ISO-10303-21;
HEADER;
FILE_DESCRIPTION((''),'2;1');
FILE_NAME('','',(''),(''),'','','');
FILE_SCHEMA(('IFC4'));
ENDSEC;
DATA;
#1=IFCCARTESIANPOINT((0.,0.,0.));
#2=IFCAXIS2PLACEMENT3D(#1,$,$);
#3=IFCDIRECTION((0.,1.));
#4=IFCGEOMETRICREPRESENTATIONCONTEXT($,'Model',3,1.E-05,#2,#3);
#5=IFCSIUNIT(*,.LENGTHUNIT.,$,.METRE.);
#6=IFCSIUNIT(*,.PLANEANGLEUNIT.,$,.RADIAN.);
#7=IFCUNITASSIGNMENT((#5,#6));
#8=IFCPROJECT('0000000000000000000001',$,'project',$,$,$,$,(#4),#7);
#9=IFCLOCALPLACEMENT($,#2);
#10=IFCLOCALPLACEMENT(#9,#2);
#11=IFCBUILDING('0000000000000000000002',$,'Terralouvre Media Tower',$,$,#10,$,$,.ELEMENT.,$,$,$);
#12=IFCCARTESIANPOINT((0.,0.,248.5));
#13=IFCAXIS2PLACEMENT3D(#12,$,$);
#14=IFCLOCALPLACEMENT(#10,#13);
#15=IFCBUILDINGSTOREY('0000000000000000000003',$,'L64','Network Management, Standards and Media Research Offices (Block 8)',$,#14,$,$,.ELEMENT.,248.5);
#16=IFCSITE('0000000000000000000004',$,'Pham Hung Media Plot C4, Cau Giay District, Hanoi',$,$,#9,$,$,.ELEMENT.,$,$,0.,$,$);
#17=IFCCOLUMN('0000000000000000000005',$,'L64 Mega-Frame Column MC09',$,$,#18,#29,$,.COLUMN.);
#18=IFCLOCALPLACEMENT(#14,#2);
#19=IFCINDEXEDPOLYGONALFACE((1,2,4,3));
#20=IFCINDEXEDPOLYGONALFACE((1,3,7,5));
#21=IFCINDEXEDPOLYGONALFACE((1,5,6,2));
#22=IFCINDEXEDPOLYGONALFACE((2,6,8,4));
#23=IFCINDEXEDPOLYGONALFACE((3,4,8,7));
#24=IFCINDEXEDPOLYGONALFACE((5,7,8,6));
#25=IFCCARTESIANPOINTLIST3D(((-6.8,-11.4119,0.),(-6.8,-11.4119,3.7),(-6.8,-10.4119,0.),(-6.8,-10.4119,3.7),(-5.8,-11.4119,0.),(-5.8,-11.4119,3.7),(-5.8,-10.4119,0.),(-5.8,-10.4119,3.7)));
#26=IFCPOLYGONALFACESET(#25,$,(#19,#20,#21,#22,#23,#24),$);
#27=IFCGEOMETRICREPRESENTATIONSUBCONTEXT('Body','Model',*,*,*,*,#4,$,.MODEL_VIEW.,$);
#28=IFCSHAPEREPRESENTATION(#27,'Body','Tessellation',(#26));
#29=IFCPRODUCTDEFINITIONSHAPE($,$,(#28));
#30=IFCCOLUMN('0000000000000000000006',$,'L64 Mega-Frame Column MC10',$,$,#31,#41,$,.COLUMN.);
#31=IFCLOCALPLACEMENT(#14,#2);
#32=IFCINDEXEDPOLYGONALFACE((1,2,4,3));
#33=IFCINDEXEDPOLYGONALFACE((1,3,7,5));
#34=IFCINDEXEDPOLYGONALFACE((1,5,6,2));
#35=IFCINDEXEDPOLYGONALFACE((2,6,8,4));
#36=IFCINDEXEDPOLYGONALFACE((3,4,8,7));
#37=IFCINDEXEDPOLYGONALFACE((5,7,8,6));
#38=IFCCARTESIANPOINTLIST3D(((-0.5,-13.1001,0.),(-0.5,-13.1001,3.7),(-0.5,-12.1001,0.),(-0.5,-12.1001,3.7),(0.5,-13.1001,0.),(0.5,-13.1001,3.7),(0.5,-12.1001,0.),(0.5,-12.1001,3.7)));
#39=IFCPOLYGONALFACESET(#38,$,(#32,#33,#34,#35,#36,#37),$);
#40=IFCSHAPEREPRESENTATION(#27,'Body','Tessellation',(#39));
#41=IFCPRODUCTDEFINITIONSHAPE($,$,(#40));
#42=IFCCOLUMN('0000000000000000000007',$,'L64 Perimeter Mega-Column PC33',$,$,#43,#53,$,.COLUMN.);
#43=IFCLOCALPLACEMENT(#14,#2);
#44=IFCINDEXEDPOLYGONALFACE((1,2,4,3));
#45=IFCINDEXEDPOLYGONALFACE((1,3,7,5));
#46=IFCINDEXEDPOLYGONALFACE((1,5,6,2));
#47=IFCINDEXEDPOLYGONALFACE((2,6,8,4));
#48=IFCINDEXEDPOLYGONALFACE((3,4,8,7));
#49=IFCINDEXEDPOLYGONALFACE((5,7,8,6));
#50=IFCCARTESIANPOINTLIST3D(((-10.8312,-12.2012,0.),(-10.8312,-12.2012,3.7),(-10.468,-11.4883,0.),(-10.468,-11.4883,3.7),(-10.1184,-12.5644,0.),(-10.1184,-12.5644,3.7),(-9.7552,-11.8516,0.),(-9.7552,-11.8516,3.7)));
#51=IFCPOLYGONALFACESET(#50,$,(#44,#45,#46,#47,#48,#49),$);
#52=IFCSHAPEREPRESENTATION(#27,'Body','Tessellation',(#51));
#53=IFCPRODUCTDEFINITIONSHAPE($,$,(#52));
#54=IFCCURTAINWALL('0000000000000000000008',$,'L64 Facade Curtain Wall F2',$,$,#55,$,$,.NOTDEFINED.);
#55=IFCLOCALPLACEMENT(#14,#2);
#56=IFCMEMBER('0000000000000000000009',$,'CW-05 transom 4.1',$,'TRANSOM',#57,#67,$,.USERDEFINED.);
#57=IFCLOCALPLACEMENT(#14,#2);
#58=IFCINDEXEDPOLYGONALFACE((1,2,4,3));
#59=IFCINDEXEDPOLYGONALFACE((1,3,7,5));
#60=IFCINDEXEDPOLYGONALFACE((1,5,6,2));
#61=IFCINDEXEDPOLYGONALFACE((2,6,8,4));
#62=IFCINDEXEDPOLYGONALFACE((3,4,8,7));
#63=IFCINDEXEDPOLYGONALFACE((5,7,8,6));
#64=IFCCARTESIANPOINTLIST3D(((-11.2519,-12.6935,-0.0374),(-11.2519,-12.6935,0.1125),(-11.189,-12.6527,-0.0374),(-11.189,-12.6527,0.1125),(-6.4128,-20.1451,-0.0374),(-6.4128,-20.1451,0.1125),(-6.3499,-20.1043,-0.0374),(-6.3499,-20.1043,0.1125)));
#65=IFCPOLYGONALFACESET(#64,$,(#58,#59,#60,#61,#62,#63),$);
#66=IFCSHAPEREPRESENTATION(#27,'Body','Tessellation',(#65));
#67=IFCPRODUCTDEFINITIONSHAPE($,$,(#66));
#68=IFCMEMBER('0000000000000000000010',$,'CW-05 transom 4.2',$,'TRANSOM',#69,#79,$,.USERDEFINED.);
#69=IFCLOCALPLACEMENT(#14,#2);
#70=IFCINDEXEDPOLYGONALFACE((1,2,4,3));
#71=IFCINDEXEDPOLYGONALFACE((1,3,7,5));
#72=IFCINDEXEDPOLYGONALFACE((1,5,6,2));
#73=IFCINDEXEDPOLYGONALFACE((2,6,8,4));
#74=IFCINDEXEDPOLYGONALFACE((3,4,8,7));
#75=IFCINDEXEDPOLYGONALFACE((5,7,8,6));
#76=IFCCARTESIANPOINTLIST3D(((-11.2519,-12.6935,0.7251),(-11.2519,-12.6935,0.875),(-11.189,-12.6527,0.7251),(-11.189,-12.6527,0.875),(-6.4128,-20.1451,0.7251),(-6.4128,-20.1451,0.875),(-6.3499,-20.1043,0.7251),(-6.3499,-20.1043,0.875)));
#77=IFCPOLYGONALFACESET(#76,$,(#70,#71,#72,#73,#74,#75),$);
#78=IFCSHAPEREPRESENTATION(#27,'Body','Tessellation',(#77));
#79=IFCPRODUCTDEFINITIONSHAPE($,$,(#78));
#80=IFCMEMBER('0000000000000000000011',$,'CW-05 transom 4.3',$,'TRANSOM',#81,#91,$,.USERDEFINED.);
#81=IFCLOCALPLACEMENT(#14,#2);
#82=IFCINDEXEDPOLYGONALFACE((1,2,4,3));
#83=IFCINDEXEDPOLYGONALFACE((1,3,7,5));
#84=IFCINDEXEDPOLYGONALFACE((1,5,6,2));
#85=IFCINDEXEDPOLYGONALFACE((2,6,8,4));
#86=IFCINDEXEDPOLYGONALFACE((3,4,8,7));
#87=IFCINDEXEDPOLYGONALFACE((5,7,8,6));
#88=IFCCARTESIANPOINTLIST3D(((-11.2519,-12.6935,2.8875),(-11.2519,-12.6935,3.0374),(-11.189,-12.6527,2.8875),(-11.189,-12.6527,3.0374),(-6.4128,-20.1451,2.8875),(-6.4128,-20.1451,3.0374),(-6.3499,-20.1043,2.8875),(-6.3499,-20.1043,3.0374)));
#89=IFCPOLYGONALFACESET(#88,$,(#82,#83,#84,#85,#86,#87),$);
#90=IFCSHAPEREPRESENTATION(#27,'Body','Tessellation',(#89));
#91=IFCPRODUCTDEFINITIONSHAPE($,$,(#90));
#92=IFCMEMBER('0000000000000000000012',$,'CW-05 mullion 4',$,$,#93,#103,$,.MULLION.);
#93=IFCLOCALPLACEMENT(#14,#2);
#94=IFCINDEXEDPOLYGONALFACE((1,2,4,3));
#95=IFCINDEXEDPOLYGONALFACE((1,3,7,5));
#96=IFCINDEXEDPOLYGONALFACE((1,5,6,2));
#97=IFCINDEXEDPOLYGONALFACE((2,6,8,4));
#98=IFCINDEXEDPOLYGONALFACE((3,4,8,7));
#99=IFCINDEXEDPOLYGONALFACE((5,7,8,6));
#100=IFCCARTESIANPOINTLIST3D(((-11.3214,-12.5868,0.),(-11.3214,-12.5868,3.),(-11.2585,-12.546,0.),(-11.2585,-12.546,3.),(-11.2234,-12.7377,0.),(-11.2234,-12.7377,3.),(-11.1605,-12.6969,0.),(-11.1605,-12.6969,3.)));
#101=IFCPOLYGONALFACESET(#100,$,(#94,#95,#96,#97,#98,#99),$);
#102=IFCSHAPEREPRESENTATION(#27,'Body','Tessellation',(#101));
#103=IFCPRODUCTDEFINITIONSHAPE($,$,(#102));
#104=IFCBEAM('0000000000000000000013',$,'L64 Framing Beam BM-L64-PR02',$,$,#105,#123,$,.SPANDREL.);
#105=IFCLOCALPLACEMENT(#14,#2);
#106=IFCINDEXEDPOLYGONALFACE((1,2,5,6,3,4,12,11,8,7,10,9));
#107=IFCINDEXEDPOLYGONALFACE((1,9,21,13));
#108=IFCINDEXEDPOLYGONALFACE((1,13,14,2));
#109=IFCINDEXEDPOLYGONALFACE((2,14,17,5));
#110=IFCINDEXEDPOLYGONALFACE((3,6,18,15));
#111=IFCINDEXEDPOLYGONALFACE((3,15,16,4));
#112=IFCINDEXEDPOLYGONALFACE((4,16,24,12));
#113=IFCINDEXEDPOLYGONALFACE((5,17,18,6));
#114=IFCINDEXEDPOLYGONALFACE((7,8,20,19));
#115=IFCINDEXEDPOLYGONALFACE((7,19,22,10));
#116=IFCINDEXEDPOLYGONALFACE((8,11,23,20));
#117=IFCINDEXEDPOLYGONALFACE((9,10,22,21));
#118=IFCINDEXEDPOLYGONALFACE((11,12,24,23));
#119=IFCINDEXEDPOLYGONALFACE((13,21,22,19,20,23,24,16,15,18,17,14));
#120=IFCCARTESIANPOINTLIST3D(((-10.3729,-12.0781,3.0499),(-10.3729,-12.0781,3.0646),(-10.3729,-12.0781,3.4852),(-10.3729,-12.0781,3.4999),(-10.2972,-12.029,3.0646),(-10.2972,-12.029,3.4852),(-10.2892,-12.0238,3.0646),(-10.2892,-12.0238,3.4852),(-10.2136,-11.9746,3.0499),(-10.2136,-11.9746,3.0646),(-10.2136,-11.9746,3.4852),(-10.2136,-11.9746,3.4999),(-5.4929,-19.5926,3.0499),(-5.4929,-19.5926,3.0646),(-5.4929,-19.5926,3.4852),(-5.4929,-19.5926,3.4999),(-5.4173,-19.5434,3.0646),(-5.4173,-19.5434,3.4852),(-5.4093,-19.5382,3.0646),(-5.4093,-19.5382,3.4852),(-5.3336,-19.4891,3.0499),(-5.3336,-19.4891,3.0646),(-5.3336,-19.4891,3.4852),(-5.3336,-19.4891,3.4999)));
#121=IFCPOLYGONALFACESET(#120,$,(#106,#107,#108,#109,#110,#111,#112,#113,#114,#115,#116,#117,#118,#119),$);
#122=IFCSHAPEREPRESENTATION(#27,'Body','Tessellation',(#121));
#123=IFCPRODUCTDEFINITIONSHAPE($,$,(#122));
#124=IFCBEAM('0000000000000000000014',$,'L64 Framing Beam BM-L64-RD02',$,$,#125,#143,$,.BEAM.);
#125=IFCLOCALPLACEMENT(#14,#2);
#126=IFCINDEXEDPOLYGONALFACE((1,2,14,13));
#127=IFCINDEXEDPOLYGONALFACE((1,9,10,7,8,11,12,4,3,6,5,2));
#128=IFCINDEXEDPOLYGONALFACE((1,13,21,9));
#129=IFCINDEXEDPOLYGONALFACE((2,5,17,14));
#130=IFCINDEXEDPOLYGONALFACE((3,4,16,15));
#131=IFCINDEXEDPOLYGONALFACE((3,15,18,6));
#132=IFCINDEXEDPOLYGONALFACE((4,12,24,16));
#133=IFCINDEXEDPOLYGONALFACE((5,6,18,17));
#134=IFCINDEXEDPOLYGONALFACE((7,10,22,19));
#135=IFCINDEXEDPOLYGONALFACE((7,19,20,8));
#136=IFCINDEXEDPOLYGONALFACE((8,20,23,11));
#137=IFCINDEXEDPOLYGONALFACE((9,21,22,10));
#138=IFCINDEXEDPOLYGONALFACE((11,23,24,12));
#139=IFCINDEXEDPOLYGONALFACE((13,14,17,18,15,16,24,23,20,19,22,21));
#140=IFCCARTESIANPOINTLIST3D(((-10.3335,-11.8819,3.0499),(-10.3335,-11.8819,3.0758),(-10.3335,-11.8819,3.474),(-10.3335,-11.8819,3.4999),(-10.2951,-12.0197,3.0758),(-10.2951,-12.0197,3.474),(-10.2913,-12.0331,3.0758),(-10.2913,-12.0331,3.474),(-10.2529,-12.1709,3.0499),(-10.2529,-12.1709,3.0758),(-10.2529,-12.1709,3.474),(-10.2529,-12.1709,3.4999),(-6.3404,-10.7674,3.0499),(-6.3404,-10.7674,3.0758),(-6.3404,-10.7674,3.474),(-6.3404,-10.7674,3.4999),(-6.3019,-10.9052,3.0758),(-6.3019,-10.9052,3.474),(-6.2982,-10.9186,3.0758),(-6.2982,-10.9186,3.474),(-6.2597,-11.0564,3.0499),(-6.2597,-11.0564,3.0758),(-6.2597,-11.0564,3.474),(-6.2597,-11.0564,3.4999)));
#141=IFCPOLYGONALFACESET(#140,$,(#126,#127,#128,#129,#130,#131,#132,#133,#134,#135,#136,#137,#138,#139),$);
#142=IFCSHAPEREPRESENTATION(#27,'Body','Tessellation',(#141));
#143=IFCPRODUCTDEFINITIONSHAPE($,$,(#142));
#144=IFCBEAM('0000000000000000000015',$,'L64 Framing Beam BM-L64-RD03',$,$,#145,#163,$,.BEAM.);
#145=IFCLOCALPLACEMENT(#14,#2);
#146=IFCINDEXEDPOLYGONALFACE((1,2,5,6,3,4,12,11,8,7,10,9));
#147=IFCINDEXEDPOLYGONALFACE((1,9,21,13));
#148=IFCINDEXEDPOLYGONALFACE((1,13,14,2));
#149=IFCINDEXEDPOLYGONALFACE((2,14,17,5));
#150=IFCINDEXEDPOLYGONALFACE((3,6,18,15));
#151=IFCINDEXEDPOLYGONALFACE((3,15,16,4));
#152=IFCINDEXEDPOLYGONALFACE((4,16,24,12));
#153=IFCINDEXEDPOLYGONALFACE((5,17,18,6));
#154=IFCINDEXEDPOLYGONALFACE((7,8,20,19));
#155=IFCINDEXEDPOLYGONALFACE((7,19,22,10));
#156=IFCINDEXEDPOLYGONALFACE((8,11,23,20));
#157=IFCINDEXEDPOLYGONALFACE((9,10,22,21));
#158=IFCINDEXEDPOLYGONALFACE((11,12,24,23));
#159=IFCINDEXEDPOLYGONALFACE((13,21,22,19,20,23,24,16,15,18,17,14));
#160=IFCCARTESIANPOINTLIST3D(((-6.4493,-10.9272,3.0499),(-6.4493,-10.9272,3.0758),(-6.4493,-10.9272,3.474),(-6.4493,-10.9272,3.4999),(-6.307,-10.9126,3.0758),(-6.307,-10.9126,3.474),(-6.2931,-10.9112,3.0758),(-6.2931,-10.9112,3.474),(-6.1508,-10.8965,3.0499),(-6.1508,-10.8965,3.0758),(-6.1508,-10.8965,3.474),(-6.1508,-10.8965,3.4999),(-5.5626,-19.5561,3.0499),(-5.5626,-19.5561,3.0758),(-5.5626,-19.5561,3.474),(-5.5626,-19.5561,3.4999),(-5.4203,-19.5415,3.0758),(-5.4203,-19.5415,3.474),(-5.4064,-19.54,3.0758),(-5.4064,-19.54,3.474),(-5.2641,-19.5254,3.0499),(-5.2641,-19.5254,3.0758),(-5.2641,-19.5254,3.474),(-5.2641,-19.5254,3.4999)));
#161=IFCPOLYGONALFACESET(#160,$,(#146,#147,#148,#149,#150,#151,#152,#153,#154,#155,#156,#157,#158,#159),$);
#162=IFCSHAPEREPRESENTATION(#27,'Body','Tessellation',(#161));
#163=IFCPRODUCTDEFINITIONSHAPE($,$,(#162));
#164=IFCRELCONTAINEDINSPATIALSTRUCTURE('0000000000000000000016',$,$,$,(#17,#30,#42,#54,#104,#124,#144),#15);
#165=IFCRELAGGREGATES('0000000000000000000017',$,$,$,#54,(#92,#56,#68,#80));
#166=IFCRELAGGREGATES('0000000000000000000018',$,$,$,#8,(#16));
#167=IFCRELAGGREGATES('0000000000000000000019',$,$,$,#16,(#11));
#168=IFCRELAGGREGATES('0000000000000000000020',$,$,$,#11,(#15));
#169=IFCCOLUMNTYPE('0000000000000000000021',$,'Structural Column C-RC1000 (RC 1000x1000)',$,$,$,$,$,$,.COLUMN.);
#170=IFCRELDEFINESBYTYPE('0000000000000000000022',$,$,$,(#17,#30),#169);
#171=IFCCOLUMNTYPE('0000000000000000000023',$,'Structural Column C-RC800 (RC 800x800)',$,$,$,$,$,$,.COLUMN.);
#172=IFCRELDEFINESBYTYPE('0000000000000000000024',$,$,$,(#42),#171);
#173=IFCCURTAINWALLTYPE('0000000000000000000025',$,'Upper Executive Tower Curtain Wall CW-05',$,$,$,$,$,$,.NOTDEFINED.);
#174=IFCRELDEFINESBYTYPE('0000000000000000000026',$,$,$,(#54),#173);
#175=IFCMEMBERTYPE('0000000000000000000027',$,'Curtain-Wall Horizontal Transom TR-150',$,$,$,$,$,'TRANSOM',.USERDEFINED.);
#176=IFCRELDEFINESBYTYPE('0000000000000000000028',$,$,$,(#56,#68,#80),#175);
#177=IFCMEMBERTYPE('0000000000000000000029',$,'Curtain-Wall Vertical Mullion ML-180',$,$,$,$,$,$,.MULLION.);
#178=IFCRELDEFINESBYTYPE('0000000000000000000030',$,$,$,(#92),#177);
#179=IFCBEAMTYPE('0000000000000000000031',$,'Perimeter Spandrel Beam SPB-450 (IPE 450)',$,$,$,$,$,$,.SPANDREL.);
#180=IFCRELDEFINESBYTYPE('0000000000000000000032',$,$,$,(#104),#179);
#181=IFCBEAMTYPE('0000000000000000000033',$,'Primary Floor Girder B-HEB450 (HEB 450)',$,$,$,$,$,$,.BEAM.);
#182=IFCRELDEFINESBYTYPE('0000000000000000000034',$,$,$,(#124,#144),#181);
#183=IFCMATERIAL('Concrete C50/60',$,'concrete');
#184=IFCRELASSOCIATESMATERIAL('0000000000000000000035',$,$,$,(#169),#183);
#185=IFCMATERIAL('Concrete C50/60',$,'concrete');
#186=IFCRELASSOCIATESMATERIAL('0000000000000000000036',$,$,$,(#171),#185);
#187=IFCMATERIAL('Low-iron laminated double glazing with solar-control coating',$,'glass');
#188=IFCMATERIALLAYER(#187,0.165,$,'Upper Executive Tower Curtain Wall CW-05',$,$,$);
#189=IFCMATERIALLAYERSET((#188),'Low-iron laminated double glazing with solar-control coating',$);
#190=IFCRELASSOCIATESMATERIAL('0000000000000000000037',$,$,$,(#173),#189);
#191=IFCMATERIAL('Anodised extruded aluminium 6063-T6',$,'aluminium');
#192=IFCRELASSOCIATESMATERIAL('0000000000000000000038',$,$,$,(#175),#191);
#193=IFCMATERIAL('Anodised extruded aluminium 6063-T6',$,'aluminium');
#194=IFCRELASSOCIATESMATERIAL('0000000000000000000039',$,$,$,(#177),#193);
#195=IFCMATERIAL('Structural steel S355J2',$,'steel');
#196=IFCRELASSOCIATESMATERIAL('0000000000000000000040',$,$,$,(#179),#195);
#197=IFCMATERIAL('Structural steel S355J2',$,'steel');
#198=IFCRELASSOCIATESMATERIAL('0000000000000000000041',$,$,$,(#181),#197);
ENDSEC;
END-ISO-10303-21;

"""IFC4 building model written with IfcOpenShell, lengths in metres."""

from ifc_helpers import new_model, si_unit, direction, frame, origin, origin_2d, place, context, subcontext, project, spatial, rectangle, i_section, extrude, material, layer, layer_set, material_profile, profile_set, type_object, element, aggregate, save


model = new_model("IFC4")

# Units and contexts
model_context = context("Model", 3, precision=1e-05, world=origin(), true_north=direction((0.0, 1.0)))
body_context = subcontext(model_context, "Body", "Model", "MODEL_VIEW")
ifc_project = project(units=[si_unit("LENGTHUNIT", "METRE"), si_unit("PLANEANGLEUNIT", "RADIAN")], contexts=[model_context])

# Site, building, storey
site_placement = place(None, origin())
site = spatial("IfcSite", under=ifc_project, at=site_placement, Name="Pham Hung Media Plot C4, Cau Giay District, Hanoi", CompositionType="ELEMENT", RefElevation=0.0)
building_placement = place(site_placement, origin())
building = spatial("IfcBuilding", under=site, at=building_placement, Name="Terralouvre Media Tower", CompositionType="ELEMENT")
storey_placement = place(building_placement, frame((0.0, 0.0, 248.5)))
storey = spatial("IfcBuildingStorey", under=building, at=storey_placement, Name="L64", Description="Network Management, Standards and Media Research Offices (Block 8)", CompositionType="ELEMENT", Elevation=248.5)

# Columns
ifc_material_1 = material(Name="Concrete C50/60", Category="concrete")
ifc_material_profile_1 = material_profile(ifc_material_1, rectangle(XDim=1.0, YDim=1.0, at=origin_2d()), Name="RC 1000x1000")
ifc_profile_set_1 = profile_set([ifc_material_profile_1], Name="Concrete C50/60")
column_type_1 = type_object("IfcColumnType", Name="Structural Column C-RC1000 (RC 1000x1000)", PredefinedType="COLUMN", material=ifc_profile_set_1)
for number, where, z_axis, x_axis, name in (
    (1, (-6.3, -10.9119, 0.0), (0.0, 0.0, 1.0), (1.0, 0.0, 0.0), "L64 Mega-Frame Column MC09"),
    (2, (0.0, -12.6001, 0.0), (0.0, 0.0, 1.0), (1.0, 0.0, 0.0), "L64 Mega-Frame Column MC10"),
):
    element("IfcColumn", number, at=place(storey_placement, frame(where, z_axis=z_axis, x_axis=x_axis)), inside=storey, type_object=column_type_1, Name=name, PredefinedType="COLUMN", context=body_context, shape_type="SweptSolid", body=[
        extrude(rectangle(XDim=1.0, YDim=1.0, at=origin_2d()), origin(), (0.0, 0.0, 1.0), 3.7),
    ])
ifc_material_2 = material(Name="Concrete C50/60", Category="concrete")
ifc_material_profile_2 = material_profile(ifc_material_2, rectangle(XDim=0.8, YDim=0.8, at=origin_2d()), Name="RC 800x800")
ifc_profile_set_2 = profile_set([ifc_material_profile_2], Name="Concrete C50/60")
column_type_2 = type_object("IfcColumnType", Name="Structural Column C-RC800 (RC 800x800)", PredefinedType="COLUMN", material=ifc_profile_set_2)
column_placement = place(storey_placement, frame((-10.2932, -12.0264, 0.0), z_axis=(0.0, 0.0, 1.0), x_axis=(0.45399, 0.891007, 0.0)))
element("IfcColumn", 3, at=column_placement, inside=storey, type_object=column_type_2, Name="L64 Perimeter Mega-Column PC33", PredefinedType="COLUMN", context=body_context, shape_type="SweptSolid", body=[
    extrude(rectangle(XDim=0.8, YDim=0.8, at=origin_2d()), origin(), (0.0, 0.0, 1.0), 3.7),
])

# Curtain wall, members
ifc_material_3 = material(Name="Low-iron laminated double glazing with solar-control coating", Category="glass")
ifc_layer_1 = layer(ifc_material_3, 0.165, Name="Upper Executive Tower Curtain Wall CW-05")
ifc_layer_set_1 = layer_set([ifc_layer_1], Name="Low-iron laminated double glazing with solar-control coating")
curtain_wall_type = type_object("IfcCurtainWallType", Name="Upper Executive Tower Curtain Wall CW-05", PredefinedType="NOTDEFINED", material=ifc_layer_set_1)
curtain_wall_placement = place(storey_placement, origin())
curtain_wall = element("IfcCurtainWall", 4, at=curtain_wall_placement, inside=storey, type_object=curtain_wall_type, Name="L64 Facade Curtain Wall F2", PredefinedType="NOTDEFINED")
ifc_material_4 = material(Name="Anodised extruded aluminium 6063-T6", Category="aluminium")
ifc_material_profile_3 = material_profile(ifc_material_4, rectangle(XDim=0.075, YDim=0.1499, at=origin_2d()), Name="ALU 75x150")
ifc_profile_set_3 = profile_set([ifc_material_profile_3], Name="Anodised extruded aluminium 6063-T6")
member_type_1 = type_object("IfcMemberType", Name="Curtain-Wall Horizontal Transom TR-150", ElementType="TRANSOM", PredefinedType="USERDEFINED", material=ifc_profile_set_3)
member_1_placement = place(storey_placement, frame((-11.2205, -12.6731, 0.0376), z_axis=(0.544635, -0.838673, 0.0), x_axis=(0.838673, 0.544635, 0.0)))
member_1 = element("IfcMember", 5, at=member_1_placement, type_object=member_type_1, Name="CW-05 transom 4.1", ObjectType="TRANSOM", PredefinedType="USERDEFINED", context=body_context, shape_type="SweptSolid", body=[
    extrude(rectangle(XDim=0.075, YDim=0.1499, at=origin_2d()), origin(), (0.0, 0.0, 1.0), 8.885),
])
member_2_placement = place(storey_placement, frame((-11.2205, -12.6731, 0.8), z_axis=(0.544635, -0.838673, 0.0), x_axis=(0.838673, 0.544635, 0.0)))
member_2 = element("IfcMember", 6, at=member_2_placement, type_object=member_type_1, Name="CW-05 transom 4.2", ObjectType="TRANSOM", PredefinedType="USERDEFINED", context=body_context, shape_type="SweptSolid", body=[
    extrude(rectangle(XDim=0.075, YDim=0.1499, at=origin_2d()), origin(), (0.0, 0.0, 1.0), 8.885),
])
member_3_placement = place(storey_placement, frame((-11.2205, -12.6731, 2.9624), z_axis=(0.544635, -0.838673, 0.0), x_axis=(0.838673, 0.544635, 0.0)))
member_3 = element("IfcMember", 7, at=member_3_placement, type_object=member_type_1, Name="CW-05 transom 4.3", ObjectType="TRANSOM", PredefinedType="USERDEFINED", context=body_context, shape_type="SweptSolid", body=[
    extrude(rectangle(XDim=0.075, YDim=0.1499, at=origin_2d()), origin(), (0.0, 0.0, 1.0), 8.885),
])
ifc_material_5 = material(Name="Anodised extruded aluminium 6063-T6", Category="aluminium")
ifc_material_profile_4 = material_profile(ifc_material_5, rectangle(XDim=0.075, YDim=0.1799, at=origin_2d()), Name="ALU 75x180")
ifc_profile_set_4 = profile_set([ifc_material_profile_4], Name="Anodised extruded aluminium 6063-T6")
member_type_2 = type_object("IfcMemberType", Name="Curtain-Wall Vertical Mullion ML-180", PredefinedType="MULLION", material=ifc_profile_set_4)
member_4_placement = place(storey_placement, frame((-11.241, -12.6418, 0.0), z_axis=(0.0, 0.0, 1.0), x_axis=(0.838671, 0.544639, 0.0)))
member_4 = element("IfcMember", 8, at=member_4_placement, type_object=member_type_2, Name="CW-05 mullion 4", PredefinedType="MULLION", context=body_context, shape_type="SweptSolid", body=[
    extrude(rectangle(XDim=0.075, YDim=0.1799, at=origin_2d()), origin(), (0.0, 0.0, 1.0), 3.0),
])
aggregate(curtain_wall, [member_4, member_1, member_2, member_3])

# Beams
ifc_material_6 = material(Name="Structural steel S355J2", Category="steel")
ifc_material_profile_5 = material_profile(ifc_material_6, i_section(OverallWidth=0.1899, OverallDepth=0.45, WebThickness=0.0095, FlangeThickness=0.0146, at=origin_2d()), Name="IPE 450")
ifc_profile_set_5 = profile_set([ifc_material_profile_5], Name="Structural steel S355J2")
beam_type_1 = type_object("IfcBeamType", Name="Perimeter Spandrel Beam SPB-450 (IPE 450)", PredefinedType="SPANDREL", material=ifc_profile_set_5)
beam_1_placement = place(storey_placement, frame((-10.2932, -12.0264, 3.2749), z_axis=(0.544637, -0.838672, 0.0), x_axis=(0.838672, 0.544637, 0.0)))
element("IfcBeam", 9, at=beam_1_placement, inside=storey, type_object=beam_type_1, Name="L64 Framing Beam BM-L64-PR02", PredefinedType="SPANDREL", context=body_context, shape_type="SweptSolid", body=[
    extrude(i_section(OverallWidth=0.1899, OverallDepth=0.45, WebThickness=0.0095, FlangeThickness=0.0146, at=origin_2d()), origin(), (0.0, 0.0, 1.0), 8.96),
])
ifc_material_7 = material(Name="Structural steel S355J2", Category="steel")
ifc_material_profile_6 = material_profile(ifc_material_7, i_section(OverallWidth=0.3, OverallDepth=0.45, WebThickness=0.0139, FlangeThickness=0.0259, at=origin_2d()), Name="HEB 450")
ifc_profile_set_6 = profile_set([ifc_material_profile_6], Name="Structural steel S355J2")
beam_type_2 = type_object("IfcBeamType", Name="Primary Floor Girder B-HEB450 (HEB 450)", PredefinedType="BEAM", material=ifc_profile_set_6)
beam_2_placement = place(storey_placement, frame((-6.3, -10.9119, 3.2749), z_axis=(-0.963188, -0.268828, 0.0), x_axis=(0.268828, -0.963188, 0.0)))
element("IfcBeam", 10, at=beam_2_placement, inside=storey, type_object=beam_type_2, Name="L64 Framing Beam BM-L64-RD02", PredefinedType="BEAM", context=body_context, shape_type="SweptSolid", body=[
    extrude(i_section(OverallWidth=0.3, OverallDepth=0.45, WebThickness=0.0139, FlangeThickness=0.0259, at=origin_2d()), origin(), (0.0, 0.0, 1.0), 4.1458),
])
beam_3_placement = place(storey_placement, frame((-6.3, -10.9119, 3.2749), z_axis=(0.102223, -0.994761, 0.0), x_axis=(0.994761, 0.102223, 0.0)))
element("IfcBeam", 11, at=beam_3_placement, inside=storey, type_object=beam_type_2, Name="L64 Framing Beam BM-L64-RD03", PredefinedType="BEAM", context=body_context, shape_type="SweptSolid", body=[
    extrude(i_section(OverallWidth=0.3, OverallDepth=0.45, WebThickness=0.0139, FlangeThickness=0.0259, at=origin_2d()), origin(), (0.0, 0.0, 1.0), 8.6743),
])

save(model, "model.ifc")
